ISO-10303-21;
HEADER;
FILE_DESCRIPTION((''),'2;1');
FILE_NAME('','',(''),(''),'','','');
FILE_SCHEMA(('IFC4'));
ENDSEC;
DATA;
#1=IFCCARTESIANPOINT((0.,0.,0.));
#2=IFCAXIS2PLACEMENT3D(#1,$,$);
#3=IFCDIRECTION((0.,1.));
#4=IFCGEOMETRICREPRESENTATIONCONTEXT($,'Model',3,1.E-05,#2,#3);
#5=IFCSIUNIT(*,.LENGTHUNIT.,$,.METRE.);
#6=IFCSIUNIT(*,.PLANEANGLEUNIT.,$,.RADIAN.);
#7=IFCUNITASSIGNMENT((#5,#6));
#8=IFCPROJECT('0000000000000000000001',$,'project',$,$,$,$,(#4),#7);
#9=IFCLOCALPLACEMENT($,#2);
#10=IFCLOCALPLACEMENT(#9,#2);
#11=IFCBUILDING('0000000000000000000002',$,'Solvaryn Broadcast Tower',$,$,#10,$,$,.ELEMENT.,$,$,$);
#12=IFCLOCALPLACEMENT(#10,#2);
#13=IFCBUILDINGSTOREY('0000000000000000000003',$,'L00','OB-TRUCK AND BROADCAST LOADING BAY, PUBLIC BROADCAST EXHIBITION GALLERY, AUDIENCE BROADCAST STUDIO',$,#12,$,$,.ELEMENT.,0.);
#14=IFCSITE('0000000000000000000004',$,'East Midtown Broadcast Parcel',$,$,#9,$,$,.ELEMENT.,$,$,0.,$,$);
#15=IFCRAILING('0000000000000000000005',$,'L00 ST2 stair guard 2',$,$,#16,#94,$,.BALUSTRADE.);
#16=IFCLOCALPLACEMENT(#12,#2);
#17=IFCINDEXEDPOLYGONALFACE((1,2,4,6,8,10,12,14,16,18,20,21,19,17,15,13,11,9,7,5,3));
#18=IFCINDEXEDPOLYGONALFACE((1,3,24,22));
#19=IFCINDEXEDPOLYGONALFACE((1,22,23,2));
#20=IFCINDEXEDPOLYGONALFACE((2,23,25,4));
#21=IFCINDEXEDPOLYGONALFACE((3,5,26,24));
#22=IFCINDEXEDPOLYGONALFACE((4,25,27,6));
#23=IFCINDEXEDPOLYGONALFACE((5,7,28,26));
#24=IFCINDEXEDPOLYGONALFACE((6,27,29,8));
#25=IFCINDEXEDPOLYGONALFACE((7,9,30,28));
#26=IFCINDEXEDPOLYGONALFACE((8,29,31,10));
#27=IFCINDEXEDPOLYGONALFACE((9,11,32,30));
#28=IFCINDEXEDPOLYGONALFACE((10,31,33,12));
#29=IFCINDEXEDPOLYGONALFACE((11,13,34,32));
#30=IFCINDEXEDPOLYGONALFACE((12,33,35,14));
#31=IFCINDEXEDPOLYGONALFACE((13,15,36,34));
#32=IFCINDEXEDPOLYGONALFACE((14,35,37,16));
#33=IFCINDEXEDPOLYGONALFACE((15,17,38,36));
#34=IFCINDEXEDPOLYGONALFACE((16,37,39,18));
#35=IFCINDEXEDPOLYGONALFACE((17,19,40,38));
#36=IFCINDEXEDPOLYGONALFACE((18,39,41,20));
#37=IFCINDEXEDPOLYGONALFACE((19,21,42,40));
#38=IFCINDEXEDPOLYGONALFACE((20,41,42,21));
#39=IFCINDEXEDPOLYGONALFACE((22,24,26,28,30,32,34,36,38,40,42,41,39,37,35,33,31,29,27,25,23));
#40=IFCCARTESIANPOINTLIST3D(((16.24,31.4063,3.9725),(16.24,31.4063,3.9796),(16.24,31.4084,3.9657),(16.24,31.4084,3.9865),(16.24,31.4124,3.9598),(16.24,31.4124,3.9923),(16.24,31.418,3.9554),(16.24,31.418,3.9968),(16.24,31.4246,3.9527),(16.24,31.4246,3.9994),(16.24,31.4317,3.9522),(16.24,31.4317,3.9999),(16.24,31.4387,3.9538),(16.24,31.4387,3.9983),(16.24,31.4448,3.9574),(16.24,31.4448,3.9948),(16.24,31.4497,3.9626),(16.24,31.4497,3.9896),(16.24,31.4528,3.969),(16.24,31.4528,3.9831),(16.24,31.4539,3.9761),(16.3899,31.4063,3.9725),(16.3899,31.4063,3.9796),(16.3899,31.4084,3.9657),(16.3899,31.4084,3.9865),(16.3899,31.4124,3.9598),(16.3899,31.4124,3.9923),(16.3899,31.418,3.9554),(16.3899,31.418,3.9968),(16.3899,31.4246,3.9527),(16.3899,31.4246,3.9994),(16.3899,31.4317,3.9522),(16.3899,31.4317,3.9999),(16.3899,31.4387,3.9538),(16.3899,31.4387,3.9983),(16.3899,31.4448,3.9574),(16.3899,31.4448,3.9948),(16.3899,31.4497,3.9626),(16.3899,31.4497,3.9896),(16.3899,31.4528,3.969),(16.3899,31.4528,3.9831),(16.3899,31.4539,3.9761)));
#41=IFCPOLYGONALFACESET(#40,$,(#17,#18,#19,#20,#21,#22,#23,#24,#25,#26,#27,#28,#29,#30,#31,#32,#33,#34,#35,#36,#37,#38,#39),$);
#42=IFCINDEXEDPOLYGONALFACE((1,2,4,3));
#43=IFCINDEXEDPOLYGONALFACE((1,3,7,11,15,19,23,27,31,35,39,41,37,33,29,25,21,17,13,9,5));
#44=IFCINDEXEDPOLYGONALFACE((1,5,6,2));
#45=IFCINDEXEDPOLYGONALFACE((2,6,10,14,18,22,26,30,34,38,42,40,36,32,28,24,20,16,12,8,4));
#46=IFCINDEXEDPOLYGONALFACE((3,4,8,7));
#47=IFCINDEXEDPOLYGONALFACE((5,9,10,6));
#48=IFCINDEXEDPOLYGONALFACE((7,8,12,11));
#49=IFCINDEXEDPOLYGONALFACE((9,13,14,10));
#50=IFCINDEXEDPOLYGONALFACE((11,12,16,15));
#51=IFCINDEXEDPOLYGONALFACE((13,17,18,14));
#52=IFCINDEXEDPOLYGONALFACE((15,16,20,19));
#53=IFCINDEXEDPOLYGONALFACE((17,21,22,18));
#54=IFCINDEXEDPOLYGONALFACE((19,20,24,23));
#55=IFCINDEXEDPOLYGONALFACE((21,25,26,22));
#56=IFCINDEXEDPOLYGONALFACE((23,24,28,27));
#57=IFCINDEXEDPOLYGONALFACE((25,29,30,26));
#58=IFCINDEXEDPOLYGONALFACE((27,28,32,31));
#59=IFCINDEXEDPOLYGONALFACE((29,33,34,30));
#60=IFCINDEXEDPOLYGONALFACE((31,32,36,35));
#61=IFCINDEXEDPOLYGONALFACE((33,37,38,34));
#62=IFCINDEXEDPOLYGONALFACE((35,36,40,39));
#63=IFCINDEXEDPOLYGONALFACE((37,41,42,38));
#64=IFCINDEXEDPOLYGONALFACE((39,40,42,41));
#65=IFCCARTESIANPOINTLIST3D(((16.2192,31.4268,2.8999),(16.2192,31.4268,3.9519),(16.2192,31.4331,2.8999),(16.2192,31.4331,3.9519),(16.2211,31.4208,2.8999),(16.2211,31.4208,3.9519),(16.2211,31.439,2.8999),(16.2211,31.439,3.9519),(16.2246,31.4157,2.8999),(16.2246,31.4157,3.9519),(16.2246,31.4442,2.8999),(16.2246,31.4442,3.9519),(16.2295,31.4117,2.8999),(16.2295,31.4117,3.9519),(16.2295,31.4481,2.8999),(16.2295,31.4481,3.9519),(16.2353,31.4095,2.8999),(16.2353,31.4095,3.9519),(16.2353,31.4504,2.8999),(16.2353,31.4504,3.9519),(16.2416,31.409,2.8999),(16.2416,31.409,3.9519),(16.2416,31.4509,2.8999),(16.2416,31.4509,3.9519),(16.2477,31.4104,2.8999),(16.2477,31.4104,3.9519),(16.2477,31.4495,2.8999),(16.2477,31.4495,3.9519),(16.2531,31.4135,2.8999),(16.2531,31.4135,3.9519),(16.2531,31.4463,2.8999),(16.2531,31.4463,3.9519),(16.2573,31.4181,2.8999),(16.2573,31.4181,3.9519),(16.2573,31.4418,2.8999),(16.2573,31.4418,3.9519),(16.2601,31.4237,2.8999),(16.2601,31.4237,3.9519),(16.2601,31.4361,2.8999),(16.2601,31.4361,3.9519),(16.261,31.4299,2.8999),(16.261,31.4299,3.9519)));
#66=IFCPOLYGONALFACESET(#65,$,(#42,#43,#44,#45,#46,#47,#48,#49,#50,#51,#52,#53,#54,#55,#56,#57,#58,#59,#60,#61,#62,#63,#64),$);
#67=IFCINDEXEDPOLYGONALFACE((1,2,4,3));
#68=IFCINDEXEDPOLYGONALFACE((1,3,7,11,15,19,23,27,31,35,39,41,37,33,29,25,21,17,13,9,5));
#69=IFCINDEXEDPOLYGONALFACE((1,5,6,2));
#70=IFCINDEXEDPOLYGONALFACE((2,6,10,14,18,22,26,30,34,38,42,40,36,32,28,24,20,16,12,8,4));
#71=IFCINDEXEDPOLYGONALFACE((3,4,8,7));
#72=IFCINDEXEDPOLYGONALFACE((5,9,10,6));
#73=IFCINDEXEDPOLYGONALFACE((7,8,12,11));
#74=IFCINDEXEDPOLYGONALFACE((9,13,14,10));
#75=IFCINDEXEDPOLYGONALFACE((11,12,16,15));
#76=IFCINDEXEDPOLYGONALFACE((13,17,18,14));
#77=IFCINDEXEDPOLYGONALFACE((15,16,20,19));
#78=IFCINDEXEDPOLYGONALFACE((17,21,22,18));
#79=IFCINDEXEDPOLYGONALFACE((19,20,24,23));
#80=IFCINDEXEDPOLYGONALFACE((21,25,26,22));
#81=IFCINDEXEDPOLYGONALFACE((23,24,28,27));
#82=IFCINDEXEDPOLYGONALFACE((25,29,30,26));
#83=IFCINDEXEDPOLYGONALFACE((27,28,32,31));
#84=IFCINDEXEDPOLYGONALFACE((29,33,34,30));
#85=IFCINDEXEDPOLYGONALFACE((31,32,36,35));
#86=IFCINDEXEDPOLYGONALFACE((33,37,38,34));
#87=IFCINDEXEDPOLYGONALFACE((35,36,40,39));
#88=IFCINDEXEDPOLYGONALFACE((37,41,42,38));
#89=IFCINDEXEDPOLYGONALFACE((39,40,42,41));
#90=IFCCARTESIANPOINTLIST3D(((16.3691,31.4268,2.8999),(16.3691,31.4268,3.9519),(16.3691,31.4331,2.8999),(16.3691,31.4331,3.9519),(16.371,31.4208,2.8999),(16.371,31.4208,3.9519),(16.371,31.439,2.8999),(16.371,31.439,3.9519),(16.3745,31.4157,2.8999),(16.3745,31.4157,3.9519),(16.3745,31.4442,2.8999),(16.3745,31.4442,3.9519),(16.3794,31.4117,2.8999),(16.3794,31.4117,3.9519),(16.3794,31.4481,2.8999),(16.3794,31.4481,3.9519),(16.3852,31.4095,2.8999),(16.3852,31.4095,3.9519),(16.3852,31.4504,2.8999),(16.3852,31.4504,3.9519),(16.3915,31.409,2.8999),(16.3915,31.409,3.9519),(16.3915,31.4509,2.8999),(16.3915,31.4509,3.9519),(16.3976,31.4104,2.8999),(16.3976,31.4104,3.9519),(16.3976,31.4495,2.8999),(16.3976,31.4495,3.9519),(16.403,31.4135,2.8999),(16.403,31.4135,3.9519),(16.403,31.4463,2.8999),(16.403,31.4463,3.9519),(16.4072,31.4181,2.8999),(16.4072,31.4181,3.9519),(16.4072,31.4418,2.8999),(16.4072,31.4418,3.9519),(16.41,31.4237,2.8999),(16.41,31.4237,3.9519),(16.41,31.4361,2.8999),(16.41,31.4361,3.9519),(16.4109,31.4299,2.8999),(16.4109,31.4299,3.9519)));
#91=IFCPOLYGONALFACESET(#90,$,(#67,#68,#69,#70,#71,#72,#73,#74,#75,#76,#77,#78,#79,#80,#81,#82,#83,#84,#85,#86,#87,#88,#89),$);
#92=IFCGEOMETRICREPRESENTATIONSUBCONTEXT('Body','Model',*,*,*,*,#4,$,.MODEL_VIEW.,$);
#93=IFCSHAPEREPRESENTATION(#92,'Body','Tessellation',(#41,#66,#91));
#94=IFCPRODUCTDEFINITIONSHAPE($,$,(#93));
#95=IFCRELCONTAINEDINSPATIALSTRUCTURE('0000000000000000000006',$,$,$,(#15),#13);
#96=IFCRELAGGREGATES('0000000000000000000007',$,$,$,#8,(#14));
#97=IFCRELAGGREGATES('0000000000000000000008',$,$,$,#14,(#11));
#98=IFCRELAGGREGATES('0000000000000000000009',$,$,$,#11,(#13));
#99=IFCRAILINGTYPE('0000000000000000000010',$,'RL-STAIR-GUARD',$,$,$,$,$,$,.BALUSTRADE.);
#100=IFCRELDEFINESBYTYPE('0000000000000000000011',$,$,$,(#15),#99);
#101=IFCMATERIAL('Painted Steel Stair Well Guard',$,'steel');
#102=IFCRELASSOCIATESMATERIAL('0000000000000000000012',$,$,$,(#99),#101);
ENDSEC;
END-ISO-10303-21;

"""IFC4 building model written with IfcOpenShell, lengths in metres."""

from ifc_helpers import new_model, si_unit, direction, frame, origin, origin_2d, place, context, subcontext, project, spatial, circle, extrude, material, type_object, element, save


model = new_model("IFC4")

# Units and contexts
model_context = context("Model", 3, precision=1e-05, world=origin(), true_north=direction((0.0, 1.0)))
body_context = subcontext(model_context, "Body", "Model", "MODEL_VIEW")
ifc_project = project(units=[si_unit("LENGTHUNIT", "METRE"), si_unit("PLANEANGLEUNIT", "RADIAN")], contexts=[model_context])

# Site, building, storey
site_placement = place(None, origin())
site = spatial("IfcSite", under=ifc_project, at=site_placement, Name="East Midtown Broadcast Parcel", CompositionType="ELEMENT", RefElevation=0.0)
building_placement = place(site_placement, origin())
building = spatial("IfcBuilding", under=site, at=building_placement, Name="Solvaryn Broadcast Tower", CompositionType="ELEMENT")
storey_placement = place(building_placement, origin())
storey = spatial("IfcBuildingStorey", under=building, at=storey_placement, Name="L00", Description="OB-TRUCK AND BROADCAST LOADING BAY, PUBLIC BROADCAST EXHIBITION GALLERY, AUDIENCE BROADCAST STUDIO", CompositionType="ELEMENT", Elevation=0.0)

# Railing
ifc_material_1 = material(Name="Painted Steel Stair Well Guard", Category="steel")
railing_type_1 = type_object("IfcRailingType", Name="RL-STAIR-GUARD", PredefinedType="BALUSTRADE", material=ifc_material_1)
railing_1_placement = place(storey_placement, frame((16.24, 31.4299, 2.8999)))
element("IfcRailing", 1, at=railing_1_placement, inside=storey, type_object=railing_type_1, Name="L00 ST2 stair guard 2", PredefinedType="BALUSTRADE", context=body_context, shape_type="SweptSolid", body=[
    extrude(circle(Radius=0.0239, at=origin_2d()), frame((0.0, 0.0, 1.0762), z_axis=(1.0, 0.0, 0.0), x_axis=(0.0, 1.0, 0.0)), (0.0, 0.0, 1.0), 0.1499),
    extrude(circle(Radius=0.021, at=origin_2d()), origin(), (0.0, 0.0, 1.0), 1.052),
    extrude(circle(Radius=0.021, at=origin_2d()), frame((0.1499, 0.0, 0.0)), (0.0, 0.0, 1.0), 1.052),
])

save(model, "model.ifc")
